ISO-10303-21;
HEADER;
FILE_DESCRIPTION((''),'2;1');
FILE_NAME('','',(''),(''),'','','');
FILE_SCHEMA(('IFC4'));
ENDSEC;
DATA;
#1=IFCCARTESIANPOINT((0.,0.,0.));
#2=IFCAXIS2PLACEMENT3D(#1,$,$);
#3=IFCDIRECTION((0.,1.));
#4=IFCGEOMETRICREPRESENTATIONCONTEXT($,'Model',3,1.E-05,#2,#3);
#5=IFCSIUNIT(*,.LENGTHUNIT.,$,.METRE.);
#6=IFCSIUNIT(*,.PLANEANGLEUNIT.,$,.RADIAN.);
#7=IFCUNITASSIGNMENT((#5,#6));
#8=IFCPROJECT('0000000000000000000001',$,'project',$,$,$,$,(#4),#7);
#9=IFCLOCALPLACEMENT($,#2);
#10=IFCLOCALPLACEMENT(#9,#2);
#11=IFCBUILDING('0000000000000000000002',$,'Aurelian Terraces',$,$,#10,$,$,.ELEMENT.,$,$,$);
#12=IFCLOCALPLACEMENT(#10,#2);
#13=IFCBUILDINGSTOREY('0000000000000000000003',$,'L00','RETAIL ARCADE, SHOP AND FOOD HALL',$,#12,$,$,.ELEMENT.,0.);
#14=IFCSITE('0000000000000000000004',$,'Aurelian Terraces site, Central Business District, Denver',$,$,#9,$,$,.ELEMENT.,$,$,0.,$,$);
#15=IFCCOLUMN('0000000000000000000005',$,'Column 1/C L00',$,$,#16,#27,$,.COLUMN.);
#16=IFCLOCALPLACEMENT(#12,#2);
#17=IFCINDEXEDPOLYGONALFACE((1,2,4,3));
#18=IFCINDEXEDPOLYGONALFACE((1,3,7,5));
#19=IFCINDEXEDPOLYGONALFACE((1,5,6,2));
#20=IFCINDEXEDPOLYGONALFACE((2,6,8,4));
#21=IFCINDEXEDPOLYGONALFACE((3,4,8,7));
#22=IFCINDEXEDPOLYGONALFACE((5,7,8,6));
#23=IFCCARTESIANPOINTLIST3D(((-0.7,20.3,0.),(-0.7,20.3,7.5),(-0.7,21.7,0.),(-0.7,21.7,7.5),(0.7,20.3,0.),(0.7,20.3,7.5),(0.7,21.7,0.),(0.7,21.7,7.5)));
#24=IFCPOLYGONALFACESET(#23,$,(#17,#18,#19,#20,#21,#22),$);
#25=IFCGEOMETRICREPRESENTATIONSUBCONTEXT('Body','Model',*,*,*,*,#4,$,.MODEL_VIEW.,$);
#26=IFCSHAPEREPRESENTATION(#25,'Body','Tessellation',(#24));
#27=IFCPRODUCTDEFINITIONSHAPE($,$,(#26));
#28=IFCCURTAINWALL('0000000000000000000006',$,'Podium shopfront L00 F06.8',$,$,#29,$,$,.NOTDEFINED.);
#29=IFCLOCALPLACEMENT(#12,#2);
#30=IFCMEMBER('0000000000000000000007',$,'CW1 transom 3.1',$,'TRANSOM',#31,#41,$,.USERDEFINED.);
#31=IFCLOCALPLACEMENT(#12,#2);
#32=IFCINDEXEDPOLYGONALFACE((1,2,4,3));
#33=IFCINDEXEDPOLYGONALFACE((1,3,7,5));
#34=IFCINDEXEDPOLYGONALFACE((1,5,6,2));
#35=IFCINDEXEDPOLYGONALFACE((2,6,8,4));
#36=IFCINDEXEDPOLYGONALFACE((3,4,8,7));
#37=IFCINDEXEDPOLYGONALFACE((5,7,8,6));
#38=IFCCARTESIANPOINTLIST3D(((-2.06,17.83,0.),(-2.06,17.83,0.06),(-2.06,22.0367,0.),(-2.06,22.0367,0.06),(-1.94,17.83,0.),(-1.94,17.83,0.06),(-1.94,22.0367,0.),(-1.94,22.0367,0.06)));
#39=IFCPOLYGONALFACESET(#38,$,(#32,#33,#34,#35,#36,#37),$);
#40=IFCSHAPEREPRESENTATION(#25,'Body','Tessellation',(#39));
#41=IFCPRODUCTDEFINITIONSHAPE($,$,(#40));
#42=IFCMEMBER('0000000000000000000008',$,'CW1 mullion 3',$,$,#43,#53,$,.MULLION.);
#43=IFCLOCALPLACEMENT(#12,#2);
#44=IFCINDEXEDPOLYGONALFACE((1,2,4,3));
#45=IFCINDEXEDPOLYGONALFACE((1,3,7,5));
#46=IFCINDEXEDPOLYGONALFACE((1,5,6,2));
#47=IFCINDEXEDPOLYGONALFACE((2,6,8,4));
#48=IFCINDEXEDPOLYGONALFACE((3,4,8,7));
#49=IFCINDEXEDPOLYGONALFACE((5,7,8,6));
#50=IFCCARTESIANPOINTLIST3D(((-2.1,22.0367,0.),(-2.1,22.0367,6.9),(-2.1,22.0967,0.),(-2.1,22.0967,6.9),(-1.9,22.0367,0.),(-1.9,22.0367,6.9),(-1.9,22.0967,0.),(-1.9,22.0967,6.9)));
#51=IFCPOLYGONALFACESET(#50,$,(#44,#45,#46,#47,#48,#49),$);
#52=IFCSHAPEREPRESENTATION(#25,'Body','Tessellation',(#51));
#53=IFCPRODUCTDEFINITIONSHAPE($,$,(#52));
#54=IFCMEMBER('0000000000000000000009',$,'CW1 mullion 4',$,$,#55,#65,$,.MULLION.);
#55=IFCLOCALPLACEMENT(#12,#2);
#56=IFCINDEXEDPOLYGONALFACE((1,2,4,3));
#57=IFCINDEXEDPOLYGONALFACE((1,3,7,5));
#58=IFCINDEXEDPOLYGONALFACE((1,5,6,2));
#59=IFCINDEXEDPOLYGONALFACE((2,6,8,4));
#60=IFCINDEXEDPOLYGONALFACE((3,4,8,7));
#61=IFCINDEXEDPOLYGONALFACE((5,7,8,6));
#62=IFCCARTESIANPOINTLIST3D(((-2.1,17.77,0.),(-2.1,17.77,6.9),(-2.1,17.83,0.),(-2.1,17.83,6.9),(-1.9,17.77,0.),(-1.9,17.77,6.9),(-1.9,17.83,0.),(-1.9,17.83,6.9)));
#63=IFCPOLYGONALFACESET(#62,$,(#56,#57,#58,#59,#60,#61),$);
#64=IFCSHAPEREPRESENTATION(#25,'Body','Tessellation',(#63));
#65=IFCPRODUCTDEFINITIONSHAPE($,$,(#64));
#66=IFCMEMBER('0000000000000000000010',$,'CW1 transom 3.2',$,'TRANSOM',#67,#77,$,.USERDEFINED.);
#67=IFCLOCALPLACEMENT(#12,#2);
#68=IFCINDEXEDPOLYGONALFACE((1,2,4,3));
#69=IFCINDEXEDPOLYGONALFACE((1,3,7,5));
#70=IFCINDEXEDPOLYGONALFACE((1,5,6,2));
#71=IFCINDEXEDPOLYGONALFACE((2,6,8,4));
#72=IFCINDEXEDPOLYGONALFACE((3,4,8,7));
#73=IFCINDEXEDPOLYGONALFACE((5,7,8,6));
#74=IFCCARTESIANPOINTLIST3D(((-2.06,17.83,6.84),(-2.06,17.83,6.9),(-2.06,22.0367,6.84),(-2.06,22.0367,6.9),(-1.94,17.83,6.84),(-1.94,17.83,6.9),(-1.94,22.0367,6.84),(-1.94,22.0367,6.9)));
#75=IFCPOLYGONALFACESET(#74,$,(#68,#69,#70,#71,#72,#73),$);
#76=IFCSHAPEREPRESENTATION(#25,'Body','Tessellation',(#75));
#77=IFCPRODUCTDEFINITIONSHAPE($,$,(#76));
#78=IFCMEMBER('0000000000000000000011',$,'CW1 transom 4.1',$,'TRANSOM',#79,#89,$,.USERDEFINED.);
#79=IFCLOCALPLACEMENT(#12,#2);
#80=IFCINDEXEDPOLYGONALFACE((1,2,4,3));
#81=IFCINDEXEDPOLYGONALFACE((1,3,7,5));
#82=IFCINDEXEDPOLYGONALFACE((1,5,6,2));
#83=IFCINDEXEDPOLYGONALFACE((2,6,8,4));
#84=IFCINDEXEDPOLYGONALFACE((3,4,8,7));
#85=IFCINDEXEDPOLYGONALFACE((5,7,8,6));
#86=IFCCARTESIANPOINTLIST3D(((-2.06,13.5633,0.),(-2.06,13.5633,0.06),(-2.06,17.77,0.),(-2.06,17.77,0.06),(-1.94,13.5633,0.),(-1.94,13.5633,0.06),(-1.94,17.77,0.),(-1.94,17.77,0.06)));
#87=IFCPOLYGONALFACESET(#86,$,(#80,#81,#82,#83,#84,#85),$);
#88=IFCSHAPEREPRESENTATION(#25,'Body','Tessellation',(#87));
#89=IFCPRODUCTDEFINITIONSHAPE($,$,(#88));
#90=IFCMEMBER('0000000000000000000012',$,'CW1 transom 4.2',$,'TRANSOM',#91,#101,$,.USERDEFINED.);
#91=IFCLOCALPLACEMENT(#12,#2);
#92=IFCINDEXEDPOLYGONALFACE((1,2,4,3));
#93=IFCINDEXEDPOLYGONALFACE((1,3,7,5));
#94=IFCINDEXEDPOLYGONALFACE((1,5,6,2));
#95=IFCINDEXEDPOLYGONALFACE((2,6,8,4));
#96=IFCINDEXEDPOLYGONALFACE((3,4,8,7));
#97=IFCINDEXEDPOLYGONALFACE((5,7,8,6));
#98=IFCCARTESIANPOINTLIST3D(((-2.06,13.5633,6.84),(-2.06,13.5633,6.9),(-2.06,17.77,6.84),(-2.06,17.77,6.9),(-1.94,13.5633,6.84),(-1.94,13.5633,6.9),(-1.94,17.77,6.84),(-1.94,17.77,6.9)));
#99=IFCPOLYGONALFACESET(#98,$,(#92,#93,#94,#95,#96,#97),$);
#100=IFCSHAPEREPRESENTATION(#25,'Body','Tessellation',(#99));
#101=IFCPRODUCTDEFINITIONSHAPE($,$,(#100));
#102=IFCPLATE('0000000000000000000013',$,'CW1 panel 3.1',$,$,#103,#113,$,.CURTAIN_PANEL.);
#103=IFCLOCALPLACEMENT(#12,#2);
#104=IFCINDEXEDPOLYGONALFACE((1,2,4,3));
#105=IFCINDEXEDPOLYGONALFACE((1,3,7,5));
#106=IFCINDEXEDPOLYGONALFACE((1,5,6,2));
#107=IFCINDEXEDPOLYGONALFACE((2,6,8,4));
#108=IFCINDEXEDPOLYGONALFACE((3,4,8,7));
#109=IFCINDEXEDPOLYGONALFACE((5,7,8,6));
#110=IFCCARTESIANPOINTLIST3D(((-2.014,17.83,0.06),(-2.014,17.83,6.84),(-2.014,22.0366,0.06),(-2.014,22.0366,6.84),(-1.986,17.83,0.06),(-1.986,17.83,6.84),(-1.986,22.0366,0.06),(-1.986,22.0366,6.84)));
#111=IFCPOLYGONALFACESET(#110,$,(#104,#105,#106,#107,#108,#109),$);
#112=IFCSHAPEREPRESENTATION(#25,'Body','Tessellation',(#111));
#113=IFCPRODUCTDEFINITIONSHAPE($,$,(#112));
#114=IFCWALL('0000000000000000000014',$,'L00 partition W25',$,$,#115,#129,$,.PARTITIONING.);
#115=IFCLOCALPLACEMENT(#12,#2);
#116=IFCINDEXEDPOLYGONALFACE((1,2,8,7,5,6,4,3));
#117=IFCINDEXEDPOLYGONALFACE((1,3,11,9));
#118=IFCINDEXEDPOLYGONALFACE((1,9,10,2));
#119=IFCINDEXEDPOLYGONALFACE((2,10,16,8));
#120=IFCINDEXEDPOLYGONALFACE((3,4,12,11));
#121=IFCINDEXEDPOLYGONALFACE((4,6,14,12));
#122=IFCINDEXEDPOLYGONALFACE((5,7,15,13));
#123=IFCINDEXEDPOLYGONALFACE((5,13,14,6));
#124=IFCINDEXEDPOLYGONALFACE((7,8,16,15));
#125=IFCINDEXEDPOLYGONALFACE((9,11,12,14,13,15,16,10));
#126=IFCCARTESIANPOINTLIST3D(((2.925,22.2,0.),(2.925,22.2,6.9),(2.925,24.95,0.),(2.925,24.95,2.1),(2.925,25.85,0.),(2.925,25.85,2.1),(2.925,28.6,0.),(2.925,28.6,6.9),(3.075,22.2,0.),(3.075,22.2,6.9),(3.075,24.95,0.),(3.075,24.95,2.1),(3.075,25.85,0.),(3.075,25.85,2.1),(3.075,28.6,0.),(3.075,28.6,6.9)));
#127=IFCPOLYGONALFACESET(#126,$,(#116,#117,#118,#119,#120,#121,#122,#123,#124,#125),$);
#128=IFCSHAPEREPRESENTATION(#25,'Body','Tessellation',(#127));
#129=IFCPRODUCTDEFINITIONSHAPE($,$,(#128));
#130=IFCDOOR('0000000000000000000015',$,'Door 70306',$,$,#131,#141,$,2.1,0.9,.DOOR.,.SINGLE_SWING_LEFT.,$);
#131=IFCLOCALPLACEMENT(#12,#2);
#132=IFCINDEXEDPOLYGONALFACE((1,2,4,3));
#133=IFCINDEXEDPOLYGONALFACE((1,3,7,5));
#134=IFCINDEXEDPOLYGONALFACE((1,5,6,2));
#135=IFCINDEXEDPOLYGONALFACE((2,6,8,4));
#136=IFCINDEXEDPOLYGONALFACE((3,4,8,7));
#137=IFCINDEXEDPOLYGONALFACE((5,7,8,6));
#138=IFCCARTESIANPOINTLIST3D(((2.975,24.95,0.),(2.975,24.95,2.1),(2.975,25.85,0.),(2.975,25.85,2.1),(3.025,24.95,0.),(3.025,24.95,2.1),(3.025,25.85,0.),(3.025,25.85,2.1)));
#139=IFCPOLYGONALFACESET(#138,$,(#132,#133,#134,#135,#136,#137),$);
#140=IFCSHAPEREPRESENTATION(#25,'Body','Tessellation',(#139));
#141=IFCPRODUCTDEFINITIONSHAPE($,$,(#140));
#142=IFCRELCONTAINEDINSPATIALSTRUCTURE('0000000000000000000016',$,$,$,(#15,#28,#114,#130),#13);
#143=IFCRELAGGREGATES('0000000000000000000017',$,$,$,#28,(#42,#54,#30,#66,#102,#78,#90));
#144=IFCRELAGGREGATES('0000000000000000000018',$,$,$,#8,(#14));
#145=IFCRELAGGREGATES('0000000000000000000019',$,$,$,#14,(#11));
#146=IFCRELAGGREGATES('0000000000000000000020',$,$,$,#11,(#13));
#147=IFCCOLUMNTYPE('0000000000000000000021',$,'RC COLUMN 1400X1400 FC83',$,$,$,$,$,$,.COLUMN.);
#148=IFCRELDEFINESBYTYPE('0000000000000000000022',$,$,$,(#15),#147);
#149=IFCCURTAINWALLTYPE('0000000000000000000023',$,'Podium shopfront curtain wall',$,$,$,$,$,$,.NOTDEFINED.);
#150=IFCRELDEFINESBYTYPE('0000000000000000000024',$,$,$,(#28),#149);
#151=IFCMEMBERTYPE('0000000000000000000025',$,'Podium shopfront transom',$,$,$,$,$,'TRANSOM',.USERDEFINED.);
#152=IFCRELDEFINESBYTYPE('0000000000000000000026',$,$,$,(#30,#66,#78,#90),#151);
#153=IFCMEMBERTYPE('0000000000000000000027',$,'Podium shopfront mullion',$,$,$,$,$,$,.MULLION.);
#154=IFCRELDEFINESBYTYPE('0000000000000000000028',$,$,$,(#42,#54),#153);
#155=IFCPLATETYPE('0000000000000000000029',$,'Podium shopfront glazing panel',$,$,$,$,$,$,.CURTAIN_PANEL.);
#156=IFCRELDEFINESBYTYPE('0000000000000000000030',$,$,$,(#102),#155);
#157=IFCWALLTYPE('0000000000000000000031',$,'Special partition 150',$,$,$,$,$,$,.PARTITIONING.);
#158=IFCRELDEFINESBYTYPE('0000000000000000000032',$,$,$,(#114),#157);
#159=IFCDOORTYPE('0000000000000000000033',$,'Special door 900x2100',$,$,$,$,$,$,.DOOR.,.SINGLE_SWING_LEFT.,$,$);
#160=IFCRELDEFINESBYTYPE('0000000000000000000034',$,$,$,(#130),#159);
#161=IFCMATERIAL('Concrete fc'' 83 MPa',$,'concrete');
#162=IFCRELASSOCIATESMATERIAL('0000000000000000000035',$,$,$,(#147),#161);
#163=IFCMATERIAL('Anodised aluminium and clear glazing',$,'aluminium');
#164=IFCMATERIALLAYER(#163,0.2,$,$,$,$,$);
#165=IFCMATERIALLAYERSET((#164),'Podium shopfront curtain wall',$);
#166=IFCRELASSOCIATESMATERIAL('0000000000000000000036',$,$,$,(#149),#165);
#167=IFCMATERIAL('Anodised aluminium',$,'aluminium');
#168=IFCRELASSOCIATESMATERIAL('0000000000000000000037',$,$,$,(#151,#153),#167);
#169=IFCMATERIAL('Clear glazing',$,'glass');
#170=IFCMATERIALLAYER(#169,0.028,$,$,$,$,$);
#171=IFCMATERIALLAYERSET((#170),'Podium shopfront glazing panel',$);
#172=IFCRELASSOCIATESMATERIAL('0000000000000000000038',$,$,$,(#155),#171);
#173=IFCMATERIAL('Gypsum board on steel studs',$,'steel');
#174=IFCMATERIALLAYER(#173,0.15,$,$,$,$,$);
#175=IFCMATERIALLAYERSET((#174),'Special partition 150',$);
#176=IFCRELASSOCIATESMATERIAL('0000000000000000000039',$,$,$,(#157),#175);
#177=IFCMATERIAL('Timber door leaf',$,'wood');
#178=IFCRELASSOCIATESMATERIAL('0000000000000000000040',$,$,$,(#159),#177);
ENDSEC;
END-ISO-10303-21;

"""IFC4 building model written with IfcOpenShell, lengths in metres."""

from ifc_helpers import new_model, si_unit, direction, frame, frame_2d, origin, origin_2d, place, context, subcontext, project, spatial, rectangle, extrude, source, transform, mapped, material, layer, layer_set, material_profile, profile_set, type_object, element, fill, aggregate, save


model = new_model("IFC4")

# Units and contexts
model_context = context("Model", 3, precision=1e-05, world=origin(), true_north=direction((0.0, 1.0)))
body_context = subcontext(model_context, "Body", "Model", "MODEL_VIEW")
ifc_project = project(units=[si_unit("LENGTHUNIT", "METRE"), si_unit("PLANEANGLEUNIT", "RADIAN")], contexts=[model_context])

# Site, building, storey
site_placement = place(None, origin())
site = spatial("IfcSite", under=ifc_project, at=site_placement, Name="Aurelian Terraces site, Central Business District, Denver", CompositionType="ELEMENT", RefElevation=0.0)
building_placement = place(site_placement, origin())
building = spatial("IfcBuilding", under=site, at=building_placement, Name="Aurelian Terraces", CompositionType="ELEMENT")
storey_placement = place(building_placement, origin())
storey = spatial("IfcBuildingStorey", under=building, at=storey_placement, Name="L00", Description="RETAIL ARCADE, SHOP AND FOOD HALL", CompositionType="ELEMENT", Elevation=0.0)

# Column
ifc_material_1 = material(Name="Concrete fc' 83 MPa", Category="concrete")
ifc_material_profile_1 = material_profile(ifc_material_1, rectangle(XDim=1.4, YDim=1.4, at=origin_2d()))
ifc_profile_set_1 = profile_set([ifc_material_profile_1], Name="Concrete fc' 83 MPa")
column_type = type_object("IfcColumnType", Name="RC COLUMN 1400X1400 FC83", PredefinedType="COLUMN", material=ifc_profile_set_1)
shared_shape_1 = source(origin(), body_context, "Body", "SweptSolid", [
    extrude(rectangle(XDim=1.4, YDim=1.4, at=origin_2d()), origin(), (0.0, 0.0, 1.0), 7.5),
])
column_placement = place(storey_placement, frame((0.0, 21.0, 0.0), z_axis=(0.0, 0.0, 1.0), x_axis=(1.0, 0.0, 0.0)))
element("IfcColumn", 1, at=column_placement, inside=storey, type_object=column_type, Name="Column 1/C L00", PredefinedType="COLUMN", context=body_context, shape_type="MappedRepresentation", body=[
    mapped(shared_shape_1, transform((0.0, 0.0, 0.0), scale=1.0)),
])

# Curtain wall, members, plate
ifc_material_2 = material(Name="Anodised aluminium and clear glazing", Category="aluminium")
ifc_layer_1 = layer(ifc_material_2, 0.2)
ifc_layer_set_1 = layer_set([ifc_layer_1], Name="Podium shopfront curtain wall")
curtain_wall_type = type_object("IfcCurtainWallType", Name="Podium shopfront curtain wall", PredefinedType="NOTDEFINED", material=ifc_layer_set_1)
curtain_wall_placement = place(storey_placement, origin())
curtain_wall = element("IfcCurtainWall", 2, at=curtain_wall_placement, inside=storey, type_object=curtain_wall_type, Name="Podium shopfront L00 F06.8", PredefinedType="NOTDEFINED")
ifc_material_3 = material(Name="Anodised aluminium", Category="aluminium")
ifc_material_profile_2 = material_profile(ifc_material_3, rectangle(XDim=0.12, YDim=0.06, at=origin_2d()))
ifc_profile_set_2 = profile_set([ifc_material_profile_2], Name="Anodised aluminium")
member_type_1 = type_object("IfcMemberType", Name="Podium shopfront transom", ElementType="TRANSOM", PredefinedType="USERDEFINED", material=ifc_profile_set_2)
member_1_placement = place(storey_placement, frame((-2.0, 22.0367, 0.03), z_axis=(0.0, -1.0, 0.0), x_axis=(1.0, 0.0, 0.0)))
member_1 = element("IfcMember", 3, at=member_1_placement, type_object=member_type_1, Name="CW1 transom 3.1", ObjectType="TRANSOM", PredefinedType="USERDEFINED", context=body_context, shape_type="SweptSolid", body=[
    extrude(rectangle(XDim=0.12, YDim=0.06, at=origin_2d()), origin(), (0.0, 0.0, 1.0), 4.2067),
])
ifc_material_profile_3 = material_profile(ifc_material_3, rectangle(XDim=0.2, YDim=0.06, at=origin_2d()))
ifc_profile_set_3 = profile_set([ifc_material_profile_3], Name="Anodised aluminium")
member_type_2 = type_object("IfcMemberType", Name="Podium shopfront mullion", PredefinedType="MULLION", material=ifc_profile_set_3)
shared_shape_2 = source(origin(), body_context, "Body", "SweptSolid", [
    extrude(rectangle(XDim=0.2, YDim=0.06, at=origin_2d()), origin(), (0.0, 0.0, 1.0), 6.9),
])
member_2_placement = place(storey_placement, frame((-2.0, 22.0667, 0.0), z_axis=(0.0, 0.0, 1.0), x_axis=(1.0, 0.0, 0.0)))
member_2 = element("IfcMember", 4, at=member_2_placement, type_object=member_type_2, Name="CW1 mullion 3", PredefinedType="MULLION", context=body_context, shape_type="MappedRepresentation", body=[
    mapped(shared_shape_2, transform((0.0, 0.0, 0.0), scale=1.0)),
])
member_3_placement = place(storey_placement, frame((-2.0, 17.8, 0.0), z_axis=(0.0, 0.0, 1.0), x_axis=(1.0, 0.0, 0.0)))
member_3 = element("IfcMember", 5, at=member_3_placement, type_object=member_type_2, Name="CW1 mullion 4", PredefinedType="MULLION", context=body_context, shape_type="MappedRepresentation", body=[
    mapped(shared_shape_2, transform((0.0, 0.0, 0.0), scale=1.0)),
])
shared_shape_3 = source(origin(), body_context, "Body", "SweptSolid", [
    extrude(rectangle(XDim=0.12, YDim=0.06, at=origin_2d()), origin(), (0.0, 0.0, 1.0), 4.2067),
])
member_4_placement = place(storey_placement, frame((-2.0, 22.0367, 6.87), z_axis=(0.0, -1.0, 0.0), x_axis=(1.0, 0.0, 0.0)))
member_4 = element("IfcMember", 6, at=member_4_placement, type_object=member_type_1, Name="CW1 transom 3.2", ObjectType="TRANSOM", PredefinedType="USERDEFINED", context=body_context, shape_type="MappedRepresentation", body=[
    mapped(shared_shape_3, transform((0.0, 0.0, 0.0), scale=1.0)),
])
member_5_placement = place(storey_placement, frame((-2.0, 17.77, 0.03), z_axis=(0.0, -1.0, 0.0), x_axis=(1.0, 0.0, 0.0)))
member_5 = element("IfcMember", 7, at=member_5_placement, type_object=member_type_1, Name="CW1 transom 4.1", ObjectType="TRANSOM", PredefinedType="USERDEFINED", context=body_context, shape_type="MappedRepresentation", body=[
    mapped(shared_shape_3, transform((0.0, 0.0, 0.0), scale=1.0)),
])
member_6_placement = place(storey_placement, frame((-2.0, 17.77, 6.87), z_axis=(0.0, -1.0, 0.0), x_axis=(1.0, 0.0, 0.0)))
member_6 = element("IfcMember", 8, at=member_6_placement, type_object=member_type_1, Name="CW1 transom 4.2", ObjectType="TRANSOM", PredefinedType="USERDEFINED", context=body_context, shape_type="MappedRepresentation", body=[
    mapped(shared_shape_3, transform((0.0, 0.0, 0.0), scale=1.0)),
])
ifc_material_4 = material(Name="Clear glazing", Category="glass")
ifc_layer_2 = layer(ifc_material_4, 0.028)
ifc_layer_set_2 = layer_set([ifc_layer_2], Name="Podium shopfront glazing panel")
plate_type = type_object("IfcPlateType", Name="Podium shopfront glazing panel", PredefinedType="CURTAIN_PANEL", material=ifc_layer_set_2)
shared_shape_4 = source(origin(), body_context, "Body", "SweptSolid", [
    extrude(rectangle(XDim=4.2067, YDim=0.028, at=origin_2d()), origin(), (0.0, 0.0, 1.0), 6.78),
])
plate_placement = place(storey_placement, frame((-2.0, 19.9333, 0.06), z_axis=(0.0, 0.0, 1.0), x_axis=(0.0, -1.0, 0.0)))
plate = element("IfcPlate", 9, at=plate_placement, type_object=plate_type, Name="CW1 panel 3.1", PredefinedType="CURTAIN_PANEL", context=body_context, shape_type="MappedRepresentation", body=[
    mapped(shared_shape_4, transform((0.0, 0.0, 0.0), scale=1.0)),
])
aggregate(curtain_wall, [member_2, member_3, member_1, member_4, plate, member_5, member_6])

# Wall, opening, door
ifc_material_5 = material(Name="Gypsum board on steel studs", Category="steel")
ifc_layer_3 = layer(ifc_material_5, 0.15)
ifc_layer_set_3 = layer_set([ifc_layer_3], Name="Special partition 150")
wall_type_1 = type_object("IfcWallType", Name="Special partition 150", PredefinedType="PARTITIONING", material=ifc_layer_set_3)
wall_1_placement = place(storey_placement, frame((3.0, 22.2, 0.0), z_axis=(0.0, 0.0, 1.0), x_axis=(0.0, 1.0, 0.0)))
wall_1 = element("IfcWall", 10, at=wall_1_placement, inside=storey, type_object=wall_type_1, Name="L00 partition W25", PredefinedType="PARTITIONING", context=body_context, shape_type="SweptSolid", body=[
    extrude(rectangle(XDim=6.4, YDim=0.15, at=frame_2d((3.2, 0.0))), origin(), (0.0, 0.0, 1.0), 6.9),
])
shared_shape_5 = source(origin(), body_context, "Body", "SweptSolid", [
    extrude(rectangle(XDim=0.9, YDim=2.1, at=frame_2d((0.45, 1.05))), frame((0.0, 0.085, 0.0), z_axis=(0.0, -1.0, 0.0), x_axis=(1.0, 0.0, 0.0)), (0.0, 0.0, 1.0), 0.17),
])
opening_1_placement = place(wall_1_placement, frame((2.75, 0.0, 0.0)))
opening_1 = element("IfcOpeningElement", 11, at=opening_1_placement, cuts=wall_1, PredefinedType="OPENING", context=body_context, shape_type="MappedRepresentation", body=[
    mapped(shared_shape_5, transform((0.0, 0.0, 0.0), scale=1.0)),
])
ifc_material_6 = material(Name="Timber door leaf", Category="wood")
door_type_1 = type_object("IfcDoorType", Name="Special door 900x2100", OperationType="SINGLE_SWING_LEFT", PredefinedType="DOOR", material=ifc_material_6)
shared_shape_6 = source(origin(), body_context, "Body", "SweptSolid", [
    extrude(rectangle(XDim=0.9, YDim=2.1, at=frame_2d((0.45, 1.05))), frame((0.0, 0.025, 0.0), z_axis=(0.0, -1.0, 0.0), x_axis=(1.0, 0.0, 0.0)), (0.0, 0.0, 1.0), 0.05),
])
door_1_placement = place(opening_1_placement, origin())
door_1 = element("IfcDoor", 12, at=door_1_placement, inside=storey, type_object=door_type_1, Name="Door 70306", OperationType="SINGLE_SWING_LEFT", OverallHeight=2.1, OverallWidth=0.9, PredefinedType="DOOR", context=body_context, shape_type="MappedRepresentation", body=[
    mapped(shared_shape_6, transform((0.0, 0.0, 0.0), scale=1.0)),
])
fill(opening_1, door_1)

save(model, "model.ifc")
